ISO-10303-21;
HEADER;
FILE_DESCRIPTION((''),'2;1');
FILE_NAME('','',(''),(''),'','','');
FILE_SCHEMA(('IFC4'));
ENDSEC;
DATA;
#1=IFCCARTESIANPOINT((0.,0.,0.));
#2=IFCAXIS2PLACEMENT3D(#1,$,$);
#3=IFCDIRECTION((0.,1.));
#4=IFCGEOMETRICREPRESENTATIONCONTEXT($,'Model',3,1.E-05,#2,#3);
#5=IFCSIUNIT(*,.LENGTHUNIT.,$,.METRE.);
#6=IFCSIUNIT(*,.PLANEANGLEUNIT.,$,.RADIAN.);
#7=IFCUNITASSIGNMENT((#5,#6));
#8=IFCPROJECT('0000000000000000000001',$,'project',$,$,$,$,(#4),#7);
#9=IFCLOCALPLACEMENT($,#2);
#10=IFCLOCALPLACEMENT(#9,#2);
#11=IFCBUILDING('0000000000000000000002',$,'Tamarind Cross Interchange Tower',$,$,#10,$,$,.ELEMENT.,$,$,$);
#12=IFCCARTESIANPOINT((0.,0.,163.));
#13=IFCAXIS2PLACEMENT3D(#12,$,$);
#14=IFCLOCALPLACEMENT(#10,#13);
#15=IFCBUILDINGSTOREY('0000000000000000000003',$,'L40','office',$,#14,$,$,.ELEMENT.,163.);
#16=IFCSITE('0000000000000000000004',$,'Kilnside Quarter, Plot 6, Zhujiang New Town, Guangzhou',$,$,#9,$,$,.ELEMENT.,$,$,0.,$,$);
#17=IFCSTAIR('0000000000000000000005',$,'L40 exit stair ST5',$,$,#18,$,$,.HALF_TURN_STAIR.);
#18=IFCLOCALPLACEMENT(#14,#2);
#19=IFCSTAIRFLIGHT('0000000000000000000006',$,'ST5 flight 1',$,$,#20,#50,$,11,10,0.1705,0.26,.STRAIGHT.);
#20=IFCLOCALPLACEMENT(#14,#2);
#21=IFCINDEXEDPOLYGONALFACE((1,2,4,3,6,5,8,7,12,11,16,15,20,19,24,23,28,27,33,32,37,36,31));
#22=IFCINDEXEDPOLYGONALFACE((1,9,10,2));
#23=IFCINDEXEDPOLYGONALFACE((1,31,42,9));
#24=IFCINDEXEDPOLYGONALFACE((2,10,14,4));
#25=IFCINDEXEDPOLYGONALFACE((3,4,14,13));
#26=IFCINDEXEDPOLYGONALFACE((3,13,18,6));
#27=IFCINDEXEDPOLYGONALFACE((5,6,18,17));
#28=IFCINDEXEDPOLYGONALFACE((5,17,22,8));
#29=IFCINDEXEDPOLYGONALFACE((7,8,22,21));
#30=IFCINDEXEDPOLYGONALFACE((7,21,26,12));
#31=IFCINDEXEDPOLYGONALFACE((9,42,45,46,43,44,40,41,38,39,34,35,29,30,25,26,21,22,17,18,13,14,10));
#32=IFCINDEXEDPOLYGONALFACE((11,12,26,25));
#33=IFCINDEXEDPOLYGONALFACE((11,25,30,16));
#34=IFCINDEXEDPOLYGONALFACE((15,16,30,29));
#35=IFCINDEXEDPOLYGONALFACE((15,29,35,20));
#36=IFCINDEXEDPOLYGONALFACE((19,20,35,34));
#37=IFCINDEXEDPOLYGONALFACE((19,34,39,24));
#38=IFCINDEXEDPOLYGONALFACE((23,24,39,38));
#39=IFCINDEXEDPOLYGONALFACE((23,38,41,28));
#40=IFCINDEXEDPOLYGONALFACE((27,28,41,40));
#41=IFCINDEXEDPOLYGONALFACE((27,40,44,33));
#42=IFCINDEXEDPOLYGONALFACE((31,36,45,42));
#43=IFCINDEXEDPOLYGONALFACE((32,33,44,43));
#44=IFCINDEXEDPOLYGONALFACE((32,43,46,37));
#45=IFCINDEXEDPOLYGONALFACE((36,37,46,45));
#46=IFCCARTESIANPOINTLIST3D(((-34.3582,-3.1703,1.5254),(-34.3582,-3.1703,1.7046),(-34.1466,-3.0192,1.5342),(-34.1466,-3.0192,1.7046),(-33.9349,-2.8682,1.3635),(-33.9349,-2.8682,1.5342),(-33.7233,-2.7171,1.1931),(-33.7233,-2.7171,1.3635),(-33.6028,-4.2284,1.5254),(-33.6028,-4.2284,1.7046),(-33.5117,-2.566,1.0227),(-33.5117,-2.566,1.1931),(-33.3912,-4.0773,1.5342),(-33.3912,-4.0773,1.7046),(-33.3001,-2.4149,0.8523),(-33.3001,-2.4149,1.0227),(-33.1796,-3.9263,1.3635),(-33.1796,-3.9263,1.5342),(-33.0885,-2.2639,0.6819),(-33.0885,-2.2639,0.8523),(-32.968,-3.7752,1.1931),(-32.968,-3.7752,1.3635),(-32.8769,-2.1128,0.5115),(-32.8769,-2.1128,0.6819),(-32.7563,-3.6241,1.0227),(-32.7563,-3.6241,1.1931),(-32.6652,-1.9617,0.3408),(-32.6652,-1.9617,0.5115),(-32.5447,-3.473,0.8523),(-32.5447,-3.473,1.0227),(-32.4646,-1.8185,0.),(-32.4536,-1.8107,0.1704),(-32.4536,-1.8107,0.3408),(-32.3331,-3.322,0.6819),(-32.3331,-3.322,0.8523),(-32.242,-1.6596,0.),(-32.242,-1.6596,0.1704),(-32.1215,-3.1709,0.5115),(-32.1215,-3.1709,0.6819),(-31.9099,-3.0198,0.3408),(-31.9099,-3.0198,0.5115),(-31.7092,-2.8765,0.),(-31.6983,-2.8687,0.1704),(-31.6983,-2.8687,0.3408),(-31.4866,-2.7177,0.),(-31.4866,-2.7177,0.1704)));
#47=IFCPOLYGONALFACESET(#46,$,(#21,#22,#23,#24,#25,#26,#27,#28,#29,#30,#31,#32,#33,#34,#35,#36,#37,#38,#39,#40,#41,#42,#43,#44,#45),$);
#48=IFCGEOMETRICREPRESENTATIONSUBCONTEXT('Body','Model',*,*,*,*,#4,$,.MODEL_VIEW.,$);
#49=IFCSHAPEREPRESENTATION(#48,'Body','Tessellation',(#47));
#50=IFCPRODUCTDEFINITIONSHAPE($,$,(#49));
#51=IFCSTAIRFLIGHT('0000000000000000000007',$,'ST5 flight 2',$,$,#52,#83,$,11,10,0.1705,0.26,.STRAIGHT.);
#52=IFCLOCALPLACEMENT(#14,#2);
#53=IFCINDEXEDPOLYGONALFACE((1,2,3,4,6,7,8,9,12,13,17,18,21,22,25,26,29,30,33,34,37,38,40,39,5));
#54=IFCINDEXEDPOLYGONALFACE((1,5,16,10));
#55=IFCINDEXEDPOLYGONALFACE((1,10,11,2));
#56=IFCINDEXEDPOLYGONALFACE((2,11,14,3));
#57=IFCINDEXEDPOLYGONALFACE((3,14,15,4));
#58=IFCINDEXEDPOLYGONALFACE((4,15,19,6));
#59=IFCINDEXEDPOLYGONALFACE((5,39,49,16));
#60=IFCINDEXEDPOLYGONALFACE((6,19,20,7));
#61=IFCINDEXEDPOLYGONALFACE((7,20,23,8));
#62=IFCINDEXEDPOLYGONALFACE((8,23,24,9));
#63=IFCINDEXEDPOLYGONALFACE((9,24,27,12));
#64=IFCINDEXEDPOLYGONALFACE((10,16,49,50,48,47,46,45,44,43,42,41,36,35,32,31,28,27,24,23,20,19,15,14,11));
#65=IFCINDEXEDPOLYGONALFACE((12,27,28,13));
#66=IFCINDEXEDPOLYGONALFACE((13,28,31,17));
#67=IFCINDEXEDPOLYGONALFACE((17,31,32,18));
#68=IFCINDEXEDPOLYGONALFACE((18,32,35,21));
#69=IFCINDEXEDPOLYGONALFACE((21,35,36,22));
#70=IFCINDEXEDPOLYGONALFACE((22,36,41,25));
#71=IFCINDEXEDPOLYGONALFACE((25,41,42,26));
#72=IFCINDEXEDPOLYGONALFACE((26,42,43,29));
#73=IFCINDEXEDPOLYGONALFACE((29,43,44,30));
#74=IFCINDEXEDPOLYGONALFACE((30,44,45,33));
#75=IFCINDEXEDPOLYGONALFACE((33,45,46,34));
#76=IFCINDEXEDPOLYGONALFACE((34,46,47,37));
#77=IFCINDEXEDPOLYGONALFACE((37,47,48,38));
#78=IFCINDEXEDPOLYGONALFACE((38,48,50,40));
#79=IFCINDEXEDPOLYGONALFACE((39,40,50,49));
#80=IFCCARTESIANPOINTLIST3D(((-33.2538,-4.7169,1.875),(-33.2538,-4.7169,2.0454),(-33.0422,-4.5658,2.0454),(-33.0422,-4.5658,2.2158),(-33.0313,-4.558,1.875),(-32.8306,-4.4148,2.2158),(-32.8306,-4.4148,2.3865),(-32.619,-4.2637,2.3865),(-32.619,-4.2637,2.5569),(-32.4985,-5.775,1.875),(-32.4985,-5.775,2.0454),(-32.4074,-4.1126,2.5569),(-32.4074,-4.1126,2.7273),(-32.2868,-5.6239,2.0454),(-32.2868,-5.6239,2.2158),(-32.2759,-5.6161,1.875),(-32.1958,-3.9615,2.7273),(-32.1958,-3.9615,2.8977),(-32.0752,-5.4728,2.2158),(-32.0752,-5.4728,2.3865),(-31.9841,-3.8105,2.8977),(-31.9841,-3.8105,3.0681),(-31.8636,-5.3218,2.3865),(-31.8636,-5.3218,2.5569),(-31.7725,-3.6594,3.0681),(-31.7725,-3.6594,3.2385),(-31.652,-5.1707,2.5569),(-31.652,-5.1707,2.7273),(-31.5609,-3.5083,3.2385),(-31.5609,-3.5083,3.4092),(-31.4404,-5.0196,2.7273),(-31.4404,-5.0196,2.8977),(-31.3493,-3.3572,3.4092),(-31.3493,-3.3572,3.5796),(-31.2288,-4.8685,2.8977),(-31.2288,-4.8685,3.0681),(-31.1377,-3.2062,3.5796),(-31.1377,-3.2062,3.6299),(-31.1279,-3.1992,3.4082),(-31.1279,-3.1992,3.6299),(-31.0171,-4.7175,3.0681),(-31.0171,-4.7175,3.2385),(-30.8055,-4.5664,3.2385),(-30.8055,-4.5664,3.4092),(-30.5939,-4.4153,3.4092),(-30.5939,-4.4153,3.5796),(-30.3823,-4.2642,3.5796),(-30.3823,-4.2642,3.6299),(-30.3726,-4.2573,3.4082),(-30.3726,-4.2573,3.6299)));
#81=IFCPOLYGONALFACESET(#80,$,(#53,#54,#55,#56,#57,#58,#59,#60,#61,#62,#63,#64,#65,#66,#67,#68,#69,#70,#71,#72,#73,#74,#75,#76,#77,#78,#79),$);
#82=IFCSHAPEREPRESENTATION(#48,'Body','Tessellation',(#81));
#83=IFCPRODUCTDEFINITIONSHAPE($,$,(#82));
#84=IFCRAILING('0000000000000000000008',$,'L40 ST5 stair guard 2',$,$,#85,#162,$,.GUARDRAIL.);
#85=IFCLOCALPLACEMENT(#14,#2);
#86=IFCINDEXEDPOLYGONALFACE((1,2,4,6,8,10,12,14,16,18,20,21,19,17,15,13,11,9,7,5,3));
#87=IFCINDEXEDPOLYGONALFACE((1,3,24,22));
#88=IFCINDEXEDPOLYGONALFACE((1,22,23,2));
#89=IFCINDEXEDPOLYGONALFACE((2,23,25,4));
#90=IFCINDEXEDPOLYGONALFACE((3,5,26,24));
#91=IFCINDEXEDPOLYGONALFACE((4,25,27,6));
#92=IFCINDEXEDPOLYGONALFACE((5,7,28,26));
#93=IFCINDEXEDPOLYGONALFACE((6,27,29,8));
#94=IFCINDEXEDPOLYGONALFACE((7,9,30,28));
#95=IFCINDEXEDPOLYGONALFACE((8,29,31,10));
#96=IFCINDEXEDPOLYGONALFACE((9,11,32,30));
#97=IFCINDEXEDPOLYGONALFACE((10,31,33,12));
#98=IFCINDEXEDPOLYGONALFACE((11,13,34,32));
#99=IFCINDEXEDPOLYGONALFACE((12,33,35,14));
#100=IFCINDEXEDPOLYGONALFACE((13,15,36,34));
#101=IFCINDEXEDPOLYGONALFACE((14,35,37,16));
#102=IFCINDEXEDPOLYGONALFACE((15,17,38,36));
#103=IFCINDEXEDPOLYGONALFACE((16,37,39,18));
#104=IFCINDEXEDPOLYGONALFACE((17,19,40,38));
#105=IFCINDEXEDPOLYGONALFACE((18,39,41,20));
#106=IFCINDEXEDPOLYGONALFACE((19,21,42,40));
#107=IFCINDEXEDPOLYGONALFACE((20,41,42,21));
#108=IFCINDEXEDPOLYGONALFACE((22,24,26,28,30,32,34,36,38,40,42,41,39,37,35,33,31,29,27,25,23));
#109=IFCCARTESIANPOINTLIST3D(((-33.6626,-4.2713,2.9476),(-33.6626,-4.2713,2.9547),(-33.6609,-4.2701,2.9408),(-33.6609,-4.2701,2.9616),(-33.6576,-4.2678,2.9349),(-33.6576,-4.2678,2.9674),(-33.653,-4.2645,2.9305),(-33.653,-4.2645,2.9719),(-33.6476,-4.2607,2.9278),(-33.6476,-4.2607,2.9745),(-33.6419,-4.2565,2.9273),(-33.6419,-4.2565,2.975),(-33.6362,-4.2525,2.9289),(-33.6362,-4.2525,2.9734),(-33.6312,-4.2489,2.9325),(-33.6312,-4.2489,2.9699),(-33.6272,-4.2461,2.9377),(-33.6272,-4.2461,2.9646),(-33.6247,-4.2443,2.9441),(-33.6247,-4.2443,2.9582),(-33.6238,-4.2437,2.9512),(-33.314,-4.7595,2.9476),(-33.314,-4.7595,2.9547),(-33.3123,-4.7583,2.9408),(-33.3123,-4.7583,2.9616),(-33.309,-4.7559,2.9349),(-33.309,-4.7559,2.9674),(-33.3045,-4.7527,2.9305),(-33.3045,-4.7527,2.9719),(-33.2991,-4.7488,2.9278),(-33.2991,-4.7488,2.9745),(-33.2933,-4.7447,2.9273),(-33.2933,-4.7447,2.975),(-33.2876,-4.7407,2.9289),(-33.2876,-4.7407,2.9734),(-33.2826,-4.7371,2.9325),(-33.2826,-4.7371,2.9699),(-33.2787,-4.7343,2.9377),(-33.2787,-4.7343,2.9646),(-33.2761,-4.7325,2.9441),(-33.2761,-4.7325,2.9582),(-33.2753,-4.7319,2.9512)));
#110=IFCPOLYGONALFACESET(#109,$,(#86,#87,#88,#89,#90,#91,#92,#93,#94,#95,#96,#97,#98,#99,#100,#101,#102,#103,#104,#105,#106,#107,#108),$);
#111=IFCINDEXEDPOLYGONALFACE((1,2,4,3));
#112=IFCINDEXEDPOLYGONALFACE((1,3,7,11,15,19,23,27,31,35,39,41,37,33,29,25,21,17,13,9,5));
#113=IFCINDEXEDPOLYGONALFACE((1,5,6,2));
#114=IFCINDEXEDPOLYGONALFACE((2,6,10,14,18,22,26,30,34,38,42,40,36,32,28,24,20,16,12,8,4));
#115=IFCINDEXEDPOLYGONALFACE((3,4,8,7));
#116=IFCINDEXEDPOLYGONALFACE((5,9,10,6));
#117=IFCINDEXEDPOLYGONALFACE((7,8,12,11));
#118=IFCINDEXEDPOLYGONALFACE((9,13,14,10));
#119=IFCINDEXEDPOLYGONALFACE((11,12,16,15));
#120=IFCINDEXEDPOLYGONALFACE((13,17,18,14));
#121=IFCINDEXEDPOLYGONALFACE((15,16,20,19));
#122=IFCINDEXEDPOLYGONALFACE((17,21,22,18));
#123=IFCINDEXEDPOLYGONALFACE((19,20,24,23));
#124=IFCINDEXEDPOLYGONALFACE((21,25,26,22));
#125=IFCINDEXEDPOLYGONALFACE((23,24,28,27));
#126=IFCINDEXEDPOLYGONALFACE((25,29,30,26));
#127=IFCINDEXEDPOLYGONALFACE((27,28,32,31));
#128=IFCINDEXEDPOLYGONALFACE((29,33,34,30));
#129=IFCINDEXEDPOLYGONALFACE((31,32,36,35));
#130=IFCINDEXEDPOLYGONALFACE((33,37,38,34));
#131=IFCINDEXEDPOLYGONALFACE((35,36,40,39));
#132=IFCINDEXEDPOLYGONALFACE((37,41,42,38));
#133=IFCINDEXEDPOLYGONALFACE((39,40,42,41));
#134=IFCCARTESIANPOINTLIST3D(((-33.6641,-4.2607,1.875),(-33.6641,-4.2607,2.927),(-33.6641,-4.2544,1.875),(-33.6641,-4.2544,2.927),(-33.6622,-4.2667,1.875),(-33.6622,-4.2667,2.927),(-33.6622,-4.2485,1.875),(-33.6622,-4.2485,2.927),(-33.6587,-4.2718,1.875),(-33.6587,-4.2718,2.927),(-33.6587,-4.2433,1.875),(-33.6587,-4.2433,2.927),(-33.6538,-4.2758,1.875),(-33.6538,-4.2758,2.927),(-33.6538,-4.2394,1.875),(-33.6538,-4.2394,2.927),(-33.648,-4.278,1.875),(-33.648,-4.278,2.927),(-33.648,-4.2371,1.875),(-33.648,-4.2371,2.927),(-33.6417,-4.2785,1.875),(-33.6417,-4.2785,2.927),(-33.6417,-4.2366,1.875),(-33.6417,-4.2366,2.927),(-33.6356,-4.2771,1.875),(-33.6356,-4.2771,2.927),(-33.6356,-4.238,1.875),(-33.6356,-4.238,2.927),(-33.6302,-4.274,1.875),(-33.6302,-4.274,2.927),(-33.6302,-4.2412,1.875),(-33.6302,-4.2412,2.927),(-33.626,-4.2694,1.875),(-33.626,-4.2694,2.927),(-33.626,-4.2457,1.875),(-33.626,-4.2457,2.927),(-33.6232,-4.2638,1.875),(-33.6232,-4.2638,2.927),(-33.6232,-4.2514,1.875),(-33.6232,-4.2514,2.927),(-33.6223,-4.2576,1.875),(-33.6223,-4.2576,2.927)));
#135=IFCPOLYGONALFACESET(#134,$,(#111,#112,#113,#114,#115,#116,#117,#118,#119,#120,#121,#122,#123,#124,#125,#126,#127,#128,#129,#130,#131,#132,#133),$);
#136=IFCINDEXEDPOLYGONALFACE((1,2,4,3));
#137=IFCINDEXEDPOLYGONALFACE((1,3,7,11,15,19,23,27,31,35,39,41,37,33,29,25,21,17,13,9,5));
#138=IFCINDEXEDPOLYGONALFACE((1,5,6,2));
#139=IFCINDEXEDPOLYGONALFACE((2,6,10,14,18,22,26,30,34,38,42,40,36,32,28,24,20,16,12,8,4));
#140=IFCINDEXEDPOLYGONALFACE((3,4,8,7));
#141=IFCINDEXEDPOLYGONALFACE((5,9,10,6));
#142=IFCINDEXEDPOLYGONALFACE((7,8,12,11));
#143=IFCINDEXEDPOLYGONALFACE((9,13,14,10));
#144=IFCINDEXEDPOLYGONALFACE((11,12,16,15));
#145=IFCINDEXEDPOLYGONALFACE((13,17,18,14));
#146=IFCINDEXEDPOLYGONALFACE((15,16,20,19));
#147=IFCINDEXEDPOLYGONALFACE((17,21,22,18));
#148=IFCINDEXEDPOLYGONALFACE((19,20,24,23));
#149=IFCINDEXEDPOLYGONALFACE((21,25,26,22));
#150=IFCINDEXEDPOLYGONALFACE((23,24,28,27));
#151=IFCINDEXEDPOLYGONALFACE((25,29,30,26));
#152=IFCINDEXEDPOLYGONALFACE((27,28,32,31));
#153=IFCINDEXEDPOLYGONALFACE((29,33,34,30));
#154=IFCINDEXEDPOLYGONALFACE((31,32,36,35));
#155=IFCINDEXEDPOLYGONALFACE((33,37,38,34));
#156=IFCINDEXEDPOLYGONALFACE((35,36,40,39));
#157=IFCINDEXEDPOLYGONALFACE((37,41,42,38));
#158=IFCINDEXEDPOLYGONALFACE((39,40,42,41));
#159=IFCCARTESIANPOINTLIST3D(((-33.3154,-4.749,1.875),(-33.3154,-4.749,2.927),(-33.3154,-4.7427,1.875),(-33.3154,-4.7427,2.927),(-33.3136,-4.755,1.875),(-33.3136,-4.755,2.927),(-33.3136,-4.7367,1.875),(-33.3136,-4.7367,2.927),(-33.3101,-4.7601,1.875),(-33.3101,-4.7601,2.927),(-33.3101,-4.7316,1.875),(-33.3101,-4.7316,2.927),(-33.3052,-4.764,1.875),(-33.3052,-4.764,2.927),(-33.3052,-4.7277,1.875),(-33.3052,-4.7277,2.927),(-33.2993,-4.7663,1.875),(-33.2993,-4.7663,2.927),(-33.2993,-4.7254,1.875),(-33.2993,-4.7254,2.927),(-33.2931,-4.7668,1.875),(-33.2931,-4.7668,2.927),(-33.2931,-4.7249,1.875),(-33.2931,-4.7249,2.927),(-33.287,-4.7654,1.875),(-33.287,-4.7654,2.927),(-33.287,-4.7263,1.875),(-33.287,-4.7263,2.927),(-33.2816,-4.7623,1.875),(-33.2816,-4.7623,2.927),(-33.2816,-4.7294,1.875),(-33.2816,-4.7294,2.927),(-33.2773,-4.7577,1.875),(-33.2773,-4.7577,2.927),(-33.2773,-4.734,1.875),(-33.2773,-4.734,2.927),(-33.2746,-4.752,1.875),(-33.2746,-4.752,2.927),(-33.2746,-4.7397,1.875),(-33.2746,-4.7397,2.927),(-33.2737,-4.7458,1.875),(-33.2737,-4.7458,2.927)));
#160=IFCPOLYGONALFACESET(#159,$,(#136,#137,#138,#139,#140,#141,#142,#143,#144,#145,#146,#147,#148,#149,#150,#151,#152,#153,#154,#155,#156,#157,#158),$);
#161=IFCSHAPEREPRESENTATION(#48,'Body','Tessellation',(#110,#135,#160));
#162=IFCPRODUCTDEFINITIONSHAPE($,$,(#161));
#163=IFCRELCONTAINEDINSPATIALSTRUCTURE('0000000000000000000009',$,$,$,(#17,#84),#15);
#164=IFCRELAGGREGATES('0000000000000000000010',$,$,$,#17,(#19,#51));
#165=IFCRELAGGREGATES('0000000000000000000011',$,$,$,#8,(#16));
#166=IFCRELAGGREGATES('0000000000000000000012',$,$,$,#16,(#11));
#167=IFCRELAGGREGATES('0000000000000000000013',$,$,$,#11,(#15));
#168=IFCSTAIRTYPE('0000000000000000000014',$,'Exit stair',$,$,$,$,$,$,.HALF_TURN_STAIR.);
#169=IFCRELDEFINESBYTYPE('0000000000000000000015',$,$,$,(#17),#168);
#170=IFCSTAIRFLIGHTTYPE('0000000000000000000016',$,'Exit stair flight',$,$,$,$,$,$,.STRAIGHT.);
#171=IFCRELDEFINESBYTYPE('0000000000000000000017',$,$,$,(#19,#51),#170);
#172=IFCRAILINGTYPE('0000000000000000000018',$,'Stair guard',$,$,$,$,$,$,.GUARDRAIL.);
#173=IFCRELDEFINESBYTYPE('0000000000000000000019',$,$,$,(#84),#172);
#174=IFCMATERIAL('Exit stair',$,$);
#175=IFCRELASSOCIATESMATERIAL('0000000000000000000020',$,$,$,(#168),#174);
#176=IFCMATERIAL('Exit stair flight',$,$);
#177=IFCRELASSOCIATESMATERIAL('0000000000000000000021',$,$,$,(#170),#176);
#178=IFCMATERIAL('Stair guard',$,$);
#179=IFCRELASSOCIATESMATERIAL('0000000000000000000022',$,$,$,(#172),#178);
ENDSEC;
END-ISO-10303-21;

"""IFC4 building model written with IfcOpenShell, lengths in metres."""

from ifc_helpers import new_model, si_unit, direction, frame, origin, origin_2d, place, context, subcontext, project, spatial, polyline, circle, outline, extrude, material, type_object, element, aggregate, save


model = new_model("IFC4")

# Units and contexts
model_context = context("Model", 3, precision=1e-05, world=origin(), true_north=direction((0.0, 1.0)))
body_context = subcontext(model_context, "Body", "Model", "MODEL_VIEW")
ifc_project = project(units=[si_unit("LENGTHUNIT", "METRE"), si_unit("PLANEANGLEUNIT", "RADIAN")], contexts=[model_context])

# Site, building, storey
site_placement = place(None, origin())
site = spatial("IfcSite", under=ifc_project, at=site_placement, Name="Kilnside Quarter, Plot 6, Zhujiang New Town, Guangzhou", CompositionType="ELEMENT", RefElevation=0.0)
building_placement = place(site_placement, origin())
building = spatial("IfcBuilding", under=site, at=building_placement, Name="Tamarind Cross Interchange Tower", CompositionType="ELEMENT")
storey_placement = place(building_placement, frame((0.0, 0.0, 163.0)))
storey = spatial("IfcBuildingStorey", under=building, at=storey_placement, Name="L40", Description="office", CompositionType="ELEMENT", Elevation=163.0)

# Stair, stair flights
ifc_material_1 = material(Name="Exit stair")
stair_type = type_object("IfcStairType", Name="Exit stair", PredefinedType="HALF_TURN_STAIR", material=ifc_material_1)
stair_placement = place(storey_placement, origin())
stair = element("IfcStair", 1, at=stair_placement, inside=storey, type_object=stair_type, Name="L40 exit stair ST5", PredefinedType="HALF_TURN_STAIR")
ifc_material_2 = material(Name="Exit stair flight")
stair_flight_type = type_object("IfcStairFlightType", Name="Exit stair flight", PredefinedType="STRAIGHT", material=ifc_material_2)
stair_flight_1_placement = place(storey_placement, frame((-31.8643, -2.1887, 0.0), z_axis=(0.0, 0.0, 1.0), x_axis=(-0.81388, -0.581033, 0.0)))
stair_flight_1 = element("IfcStairFlight", 2, at=stair_flight_1_placement, type_object=stair_flight_type, Name="ST5 flight 1", NumberOfRisers=11, NumberOfTreads=10, PredefinedType="STRAIGHT", RiserHeight=0.1705, TreadLength=0.26, context=body_context, shape_type="SweptSolid", body=[
    extrude(outline(polyline([(0.0, 0.0), (0.0, 0.1704), (0.26, 0.1704), (0.26, 0.3408), (0.52, 0.3408), (0.52, 0.5115), (0.78, 0.5115), (0.78, 0.6819), (1.04, 0.6819), (1.04, 0.8523), (1.3, 0.8523), (1.3, 1.0227), (1.5601, 1.0227), (1.5601, 1.1931), (1.8201, 1.1931), (1.8201, 1.3635), (2.0801, 1.3635), (2.0801, 1.5342), (2.3401, 1.5342), (2.3401, 1.7046), (2.6001, 1.7046), (2.6001, 1.875), (2.6001, 1.5254), (0.2734, 0.0), (0.0, 0.0)])), frame((0.0, 0.6499, 0.0), z_axis=(0.0, -1.0, 0.0), x_axis=(1.0, 0.0, 0.0)), (0.0, 0.0, 1.0), 1.3),
])
stair_flight_2_placement = place(storey_placement, frame((-32.8762, -5.2458, 1.875), z_axis=(0.0, 0.0, 1.0), x_axis=(0.81388, 0.581033, 0.0)))
stair_flight_2 = element("IfcStairFlight", 3, at=stair_flight_2_placement, type_object=stair_flight_type, Name="ST5 flight 2", NumberOfRisers=11, NumberOfTreads=10, PredefinedType="STRAIGHT", RiserHeight=0.1705, TreadLength=0.26, context=body_context, shape_type="SweptSolid", body=[
    extrude(outline(polyline([(0.0, 0.0), (0.0, 0.1704), (0.26, 0.1704), (0.26, 0.3408), (0.52, 0.3408), (0.52, 0.5115), (0.78, 0.5115), (0.78, 0.6819), (1.04, 0.6819), (1.04, 0.8523), (1.3, 0.8523), (1.3, 1.0227), (1.5601, 1.0227), (1.5601, 1.1931), (1.8201, 1.1931), (1.8201, 1.3635), (2.0801, 1.3635), (2.0801, 1.5342), (2.3401, 1.5342), (2.3401, 1.7046), (2.6001, 1.7046), (2.6001, 1.7549), (2.6121, 1.7549), (2.6121, 1.5332), (0.2734, 0.0), (0.0, 0.0)])), frame((0.0, 0.6499, 0.0), z_axis=(0.0, -1.0, 0.0), x_axis=(1.0, 0.0, 0.0)), (0.0, 0.0, 1.0), 1.3),
])
aggregate(stair, [stair_flight_1, stair_flight_2])

# Railing
ifc_material_3 = material(Name="Stair guard")
railing_type_1 = type_object("IfcRailingType", Name="Stair guard", PredefinedType="GUARDRAIL", material=ifc_material_3)
railing_1_placement = place(storey_placement, frame((-33.6433, -4.2576, 1.875)))
element("IfcRailing", 4, at=railing_1_placement, inside=storey, type_object=railing_type_1, Name="L40 ST5 stair guard 2", PredefinedType="GUARDRAIL", context=body_context, shape_type="SweptSolid", body=[
    extrude(circle(Radius=0.0239, at=origin_2d()), frame((0.0, 0.0, 1.0762), z_axis=(0.581084, -0.813843, 0.0), x_axis=(0.813843, 0.581084, 0.0)), (0.0, 0.0, 1.0), 0.5999),
    extrude(circle(Radius=0.021, at=origin_2d()), origin(), (0.0, 0.0, 1.0), 1.052),
    extrude(circle(Radius=0.021, at=origin_2d()), frame((0.3486, -0.4883, 0.0)), (0.0, 0.0, 1.0), 1.052),
])

save(model, "model.ifc")
